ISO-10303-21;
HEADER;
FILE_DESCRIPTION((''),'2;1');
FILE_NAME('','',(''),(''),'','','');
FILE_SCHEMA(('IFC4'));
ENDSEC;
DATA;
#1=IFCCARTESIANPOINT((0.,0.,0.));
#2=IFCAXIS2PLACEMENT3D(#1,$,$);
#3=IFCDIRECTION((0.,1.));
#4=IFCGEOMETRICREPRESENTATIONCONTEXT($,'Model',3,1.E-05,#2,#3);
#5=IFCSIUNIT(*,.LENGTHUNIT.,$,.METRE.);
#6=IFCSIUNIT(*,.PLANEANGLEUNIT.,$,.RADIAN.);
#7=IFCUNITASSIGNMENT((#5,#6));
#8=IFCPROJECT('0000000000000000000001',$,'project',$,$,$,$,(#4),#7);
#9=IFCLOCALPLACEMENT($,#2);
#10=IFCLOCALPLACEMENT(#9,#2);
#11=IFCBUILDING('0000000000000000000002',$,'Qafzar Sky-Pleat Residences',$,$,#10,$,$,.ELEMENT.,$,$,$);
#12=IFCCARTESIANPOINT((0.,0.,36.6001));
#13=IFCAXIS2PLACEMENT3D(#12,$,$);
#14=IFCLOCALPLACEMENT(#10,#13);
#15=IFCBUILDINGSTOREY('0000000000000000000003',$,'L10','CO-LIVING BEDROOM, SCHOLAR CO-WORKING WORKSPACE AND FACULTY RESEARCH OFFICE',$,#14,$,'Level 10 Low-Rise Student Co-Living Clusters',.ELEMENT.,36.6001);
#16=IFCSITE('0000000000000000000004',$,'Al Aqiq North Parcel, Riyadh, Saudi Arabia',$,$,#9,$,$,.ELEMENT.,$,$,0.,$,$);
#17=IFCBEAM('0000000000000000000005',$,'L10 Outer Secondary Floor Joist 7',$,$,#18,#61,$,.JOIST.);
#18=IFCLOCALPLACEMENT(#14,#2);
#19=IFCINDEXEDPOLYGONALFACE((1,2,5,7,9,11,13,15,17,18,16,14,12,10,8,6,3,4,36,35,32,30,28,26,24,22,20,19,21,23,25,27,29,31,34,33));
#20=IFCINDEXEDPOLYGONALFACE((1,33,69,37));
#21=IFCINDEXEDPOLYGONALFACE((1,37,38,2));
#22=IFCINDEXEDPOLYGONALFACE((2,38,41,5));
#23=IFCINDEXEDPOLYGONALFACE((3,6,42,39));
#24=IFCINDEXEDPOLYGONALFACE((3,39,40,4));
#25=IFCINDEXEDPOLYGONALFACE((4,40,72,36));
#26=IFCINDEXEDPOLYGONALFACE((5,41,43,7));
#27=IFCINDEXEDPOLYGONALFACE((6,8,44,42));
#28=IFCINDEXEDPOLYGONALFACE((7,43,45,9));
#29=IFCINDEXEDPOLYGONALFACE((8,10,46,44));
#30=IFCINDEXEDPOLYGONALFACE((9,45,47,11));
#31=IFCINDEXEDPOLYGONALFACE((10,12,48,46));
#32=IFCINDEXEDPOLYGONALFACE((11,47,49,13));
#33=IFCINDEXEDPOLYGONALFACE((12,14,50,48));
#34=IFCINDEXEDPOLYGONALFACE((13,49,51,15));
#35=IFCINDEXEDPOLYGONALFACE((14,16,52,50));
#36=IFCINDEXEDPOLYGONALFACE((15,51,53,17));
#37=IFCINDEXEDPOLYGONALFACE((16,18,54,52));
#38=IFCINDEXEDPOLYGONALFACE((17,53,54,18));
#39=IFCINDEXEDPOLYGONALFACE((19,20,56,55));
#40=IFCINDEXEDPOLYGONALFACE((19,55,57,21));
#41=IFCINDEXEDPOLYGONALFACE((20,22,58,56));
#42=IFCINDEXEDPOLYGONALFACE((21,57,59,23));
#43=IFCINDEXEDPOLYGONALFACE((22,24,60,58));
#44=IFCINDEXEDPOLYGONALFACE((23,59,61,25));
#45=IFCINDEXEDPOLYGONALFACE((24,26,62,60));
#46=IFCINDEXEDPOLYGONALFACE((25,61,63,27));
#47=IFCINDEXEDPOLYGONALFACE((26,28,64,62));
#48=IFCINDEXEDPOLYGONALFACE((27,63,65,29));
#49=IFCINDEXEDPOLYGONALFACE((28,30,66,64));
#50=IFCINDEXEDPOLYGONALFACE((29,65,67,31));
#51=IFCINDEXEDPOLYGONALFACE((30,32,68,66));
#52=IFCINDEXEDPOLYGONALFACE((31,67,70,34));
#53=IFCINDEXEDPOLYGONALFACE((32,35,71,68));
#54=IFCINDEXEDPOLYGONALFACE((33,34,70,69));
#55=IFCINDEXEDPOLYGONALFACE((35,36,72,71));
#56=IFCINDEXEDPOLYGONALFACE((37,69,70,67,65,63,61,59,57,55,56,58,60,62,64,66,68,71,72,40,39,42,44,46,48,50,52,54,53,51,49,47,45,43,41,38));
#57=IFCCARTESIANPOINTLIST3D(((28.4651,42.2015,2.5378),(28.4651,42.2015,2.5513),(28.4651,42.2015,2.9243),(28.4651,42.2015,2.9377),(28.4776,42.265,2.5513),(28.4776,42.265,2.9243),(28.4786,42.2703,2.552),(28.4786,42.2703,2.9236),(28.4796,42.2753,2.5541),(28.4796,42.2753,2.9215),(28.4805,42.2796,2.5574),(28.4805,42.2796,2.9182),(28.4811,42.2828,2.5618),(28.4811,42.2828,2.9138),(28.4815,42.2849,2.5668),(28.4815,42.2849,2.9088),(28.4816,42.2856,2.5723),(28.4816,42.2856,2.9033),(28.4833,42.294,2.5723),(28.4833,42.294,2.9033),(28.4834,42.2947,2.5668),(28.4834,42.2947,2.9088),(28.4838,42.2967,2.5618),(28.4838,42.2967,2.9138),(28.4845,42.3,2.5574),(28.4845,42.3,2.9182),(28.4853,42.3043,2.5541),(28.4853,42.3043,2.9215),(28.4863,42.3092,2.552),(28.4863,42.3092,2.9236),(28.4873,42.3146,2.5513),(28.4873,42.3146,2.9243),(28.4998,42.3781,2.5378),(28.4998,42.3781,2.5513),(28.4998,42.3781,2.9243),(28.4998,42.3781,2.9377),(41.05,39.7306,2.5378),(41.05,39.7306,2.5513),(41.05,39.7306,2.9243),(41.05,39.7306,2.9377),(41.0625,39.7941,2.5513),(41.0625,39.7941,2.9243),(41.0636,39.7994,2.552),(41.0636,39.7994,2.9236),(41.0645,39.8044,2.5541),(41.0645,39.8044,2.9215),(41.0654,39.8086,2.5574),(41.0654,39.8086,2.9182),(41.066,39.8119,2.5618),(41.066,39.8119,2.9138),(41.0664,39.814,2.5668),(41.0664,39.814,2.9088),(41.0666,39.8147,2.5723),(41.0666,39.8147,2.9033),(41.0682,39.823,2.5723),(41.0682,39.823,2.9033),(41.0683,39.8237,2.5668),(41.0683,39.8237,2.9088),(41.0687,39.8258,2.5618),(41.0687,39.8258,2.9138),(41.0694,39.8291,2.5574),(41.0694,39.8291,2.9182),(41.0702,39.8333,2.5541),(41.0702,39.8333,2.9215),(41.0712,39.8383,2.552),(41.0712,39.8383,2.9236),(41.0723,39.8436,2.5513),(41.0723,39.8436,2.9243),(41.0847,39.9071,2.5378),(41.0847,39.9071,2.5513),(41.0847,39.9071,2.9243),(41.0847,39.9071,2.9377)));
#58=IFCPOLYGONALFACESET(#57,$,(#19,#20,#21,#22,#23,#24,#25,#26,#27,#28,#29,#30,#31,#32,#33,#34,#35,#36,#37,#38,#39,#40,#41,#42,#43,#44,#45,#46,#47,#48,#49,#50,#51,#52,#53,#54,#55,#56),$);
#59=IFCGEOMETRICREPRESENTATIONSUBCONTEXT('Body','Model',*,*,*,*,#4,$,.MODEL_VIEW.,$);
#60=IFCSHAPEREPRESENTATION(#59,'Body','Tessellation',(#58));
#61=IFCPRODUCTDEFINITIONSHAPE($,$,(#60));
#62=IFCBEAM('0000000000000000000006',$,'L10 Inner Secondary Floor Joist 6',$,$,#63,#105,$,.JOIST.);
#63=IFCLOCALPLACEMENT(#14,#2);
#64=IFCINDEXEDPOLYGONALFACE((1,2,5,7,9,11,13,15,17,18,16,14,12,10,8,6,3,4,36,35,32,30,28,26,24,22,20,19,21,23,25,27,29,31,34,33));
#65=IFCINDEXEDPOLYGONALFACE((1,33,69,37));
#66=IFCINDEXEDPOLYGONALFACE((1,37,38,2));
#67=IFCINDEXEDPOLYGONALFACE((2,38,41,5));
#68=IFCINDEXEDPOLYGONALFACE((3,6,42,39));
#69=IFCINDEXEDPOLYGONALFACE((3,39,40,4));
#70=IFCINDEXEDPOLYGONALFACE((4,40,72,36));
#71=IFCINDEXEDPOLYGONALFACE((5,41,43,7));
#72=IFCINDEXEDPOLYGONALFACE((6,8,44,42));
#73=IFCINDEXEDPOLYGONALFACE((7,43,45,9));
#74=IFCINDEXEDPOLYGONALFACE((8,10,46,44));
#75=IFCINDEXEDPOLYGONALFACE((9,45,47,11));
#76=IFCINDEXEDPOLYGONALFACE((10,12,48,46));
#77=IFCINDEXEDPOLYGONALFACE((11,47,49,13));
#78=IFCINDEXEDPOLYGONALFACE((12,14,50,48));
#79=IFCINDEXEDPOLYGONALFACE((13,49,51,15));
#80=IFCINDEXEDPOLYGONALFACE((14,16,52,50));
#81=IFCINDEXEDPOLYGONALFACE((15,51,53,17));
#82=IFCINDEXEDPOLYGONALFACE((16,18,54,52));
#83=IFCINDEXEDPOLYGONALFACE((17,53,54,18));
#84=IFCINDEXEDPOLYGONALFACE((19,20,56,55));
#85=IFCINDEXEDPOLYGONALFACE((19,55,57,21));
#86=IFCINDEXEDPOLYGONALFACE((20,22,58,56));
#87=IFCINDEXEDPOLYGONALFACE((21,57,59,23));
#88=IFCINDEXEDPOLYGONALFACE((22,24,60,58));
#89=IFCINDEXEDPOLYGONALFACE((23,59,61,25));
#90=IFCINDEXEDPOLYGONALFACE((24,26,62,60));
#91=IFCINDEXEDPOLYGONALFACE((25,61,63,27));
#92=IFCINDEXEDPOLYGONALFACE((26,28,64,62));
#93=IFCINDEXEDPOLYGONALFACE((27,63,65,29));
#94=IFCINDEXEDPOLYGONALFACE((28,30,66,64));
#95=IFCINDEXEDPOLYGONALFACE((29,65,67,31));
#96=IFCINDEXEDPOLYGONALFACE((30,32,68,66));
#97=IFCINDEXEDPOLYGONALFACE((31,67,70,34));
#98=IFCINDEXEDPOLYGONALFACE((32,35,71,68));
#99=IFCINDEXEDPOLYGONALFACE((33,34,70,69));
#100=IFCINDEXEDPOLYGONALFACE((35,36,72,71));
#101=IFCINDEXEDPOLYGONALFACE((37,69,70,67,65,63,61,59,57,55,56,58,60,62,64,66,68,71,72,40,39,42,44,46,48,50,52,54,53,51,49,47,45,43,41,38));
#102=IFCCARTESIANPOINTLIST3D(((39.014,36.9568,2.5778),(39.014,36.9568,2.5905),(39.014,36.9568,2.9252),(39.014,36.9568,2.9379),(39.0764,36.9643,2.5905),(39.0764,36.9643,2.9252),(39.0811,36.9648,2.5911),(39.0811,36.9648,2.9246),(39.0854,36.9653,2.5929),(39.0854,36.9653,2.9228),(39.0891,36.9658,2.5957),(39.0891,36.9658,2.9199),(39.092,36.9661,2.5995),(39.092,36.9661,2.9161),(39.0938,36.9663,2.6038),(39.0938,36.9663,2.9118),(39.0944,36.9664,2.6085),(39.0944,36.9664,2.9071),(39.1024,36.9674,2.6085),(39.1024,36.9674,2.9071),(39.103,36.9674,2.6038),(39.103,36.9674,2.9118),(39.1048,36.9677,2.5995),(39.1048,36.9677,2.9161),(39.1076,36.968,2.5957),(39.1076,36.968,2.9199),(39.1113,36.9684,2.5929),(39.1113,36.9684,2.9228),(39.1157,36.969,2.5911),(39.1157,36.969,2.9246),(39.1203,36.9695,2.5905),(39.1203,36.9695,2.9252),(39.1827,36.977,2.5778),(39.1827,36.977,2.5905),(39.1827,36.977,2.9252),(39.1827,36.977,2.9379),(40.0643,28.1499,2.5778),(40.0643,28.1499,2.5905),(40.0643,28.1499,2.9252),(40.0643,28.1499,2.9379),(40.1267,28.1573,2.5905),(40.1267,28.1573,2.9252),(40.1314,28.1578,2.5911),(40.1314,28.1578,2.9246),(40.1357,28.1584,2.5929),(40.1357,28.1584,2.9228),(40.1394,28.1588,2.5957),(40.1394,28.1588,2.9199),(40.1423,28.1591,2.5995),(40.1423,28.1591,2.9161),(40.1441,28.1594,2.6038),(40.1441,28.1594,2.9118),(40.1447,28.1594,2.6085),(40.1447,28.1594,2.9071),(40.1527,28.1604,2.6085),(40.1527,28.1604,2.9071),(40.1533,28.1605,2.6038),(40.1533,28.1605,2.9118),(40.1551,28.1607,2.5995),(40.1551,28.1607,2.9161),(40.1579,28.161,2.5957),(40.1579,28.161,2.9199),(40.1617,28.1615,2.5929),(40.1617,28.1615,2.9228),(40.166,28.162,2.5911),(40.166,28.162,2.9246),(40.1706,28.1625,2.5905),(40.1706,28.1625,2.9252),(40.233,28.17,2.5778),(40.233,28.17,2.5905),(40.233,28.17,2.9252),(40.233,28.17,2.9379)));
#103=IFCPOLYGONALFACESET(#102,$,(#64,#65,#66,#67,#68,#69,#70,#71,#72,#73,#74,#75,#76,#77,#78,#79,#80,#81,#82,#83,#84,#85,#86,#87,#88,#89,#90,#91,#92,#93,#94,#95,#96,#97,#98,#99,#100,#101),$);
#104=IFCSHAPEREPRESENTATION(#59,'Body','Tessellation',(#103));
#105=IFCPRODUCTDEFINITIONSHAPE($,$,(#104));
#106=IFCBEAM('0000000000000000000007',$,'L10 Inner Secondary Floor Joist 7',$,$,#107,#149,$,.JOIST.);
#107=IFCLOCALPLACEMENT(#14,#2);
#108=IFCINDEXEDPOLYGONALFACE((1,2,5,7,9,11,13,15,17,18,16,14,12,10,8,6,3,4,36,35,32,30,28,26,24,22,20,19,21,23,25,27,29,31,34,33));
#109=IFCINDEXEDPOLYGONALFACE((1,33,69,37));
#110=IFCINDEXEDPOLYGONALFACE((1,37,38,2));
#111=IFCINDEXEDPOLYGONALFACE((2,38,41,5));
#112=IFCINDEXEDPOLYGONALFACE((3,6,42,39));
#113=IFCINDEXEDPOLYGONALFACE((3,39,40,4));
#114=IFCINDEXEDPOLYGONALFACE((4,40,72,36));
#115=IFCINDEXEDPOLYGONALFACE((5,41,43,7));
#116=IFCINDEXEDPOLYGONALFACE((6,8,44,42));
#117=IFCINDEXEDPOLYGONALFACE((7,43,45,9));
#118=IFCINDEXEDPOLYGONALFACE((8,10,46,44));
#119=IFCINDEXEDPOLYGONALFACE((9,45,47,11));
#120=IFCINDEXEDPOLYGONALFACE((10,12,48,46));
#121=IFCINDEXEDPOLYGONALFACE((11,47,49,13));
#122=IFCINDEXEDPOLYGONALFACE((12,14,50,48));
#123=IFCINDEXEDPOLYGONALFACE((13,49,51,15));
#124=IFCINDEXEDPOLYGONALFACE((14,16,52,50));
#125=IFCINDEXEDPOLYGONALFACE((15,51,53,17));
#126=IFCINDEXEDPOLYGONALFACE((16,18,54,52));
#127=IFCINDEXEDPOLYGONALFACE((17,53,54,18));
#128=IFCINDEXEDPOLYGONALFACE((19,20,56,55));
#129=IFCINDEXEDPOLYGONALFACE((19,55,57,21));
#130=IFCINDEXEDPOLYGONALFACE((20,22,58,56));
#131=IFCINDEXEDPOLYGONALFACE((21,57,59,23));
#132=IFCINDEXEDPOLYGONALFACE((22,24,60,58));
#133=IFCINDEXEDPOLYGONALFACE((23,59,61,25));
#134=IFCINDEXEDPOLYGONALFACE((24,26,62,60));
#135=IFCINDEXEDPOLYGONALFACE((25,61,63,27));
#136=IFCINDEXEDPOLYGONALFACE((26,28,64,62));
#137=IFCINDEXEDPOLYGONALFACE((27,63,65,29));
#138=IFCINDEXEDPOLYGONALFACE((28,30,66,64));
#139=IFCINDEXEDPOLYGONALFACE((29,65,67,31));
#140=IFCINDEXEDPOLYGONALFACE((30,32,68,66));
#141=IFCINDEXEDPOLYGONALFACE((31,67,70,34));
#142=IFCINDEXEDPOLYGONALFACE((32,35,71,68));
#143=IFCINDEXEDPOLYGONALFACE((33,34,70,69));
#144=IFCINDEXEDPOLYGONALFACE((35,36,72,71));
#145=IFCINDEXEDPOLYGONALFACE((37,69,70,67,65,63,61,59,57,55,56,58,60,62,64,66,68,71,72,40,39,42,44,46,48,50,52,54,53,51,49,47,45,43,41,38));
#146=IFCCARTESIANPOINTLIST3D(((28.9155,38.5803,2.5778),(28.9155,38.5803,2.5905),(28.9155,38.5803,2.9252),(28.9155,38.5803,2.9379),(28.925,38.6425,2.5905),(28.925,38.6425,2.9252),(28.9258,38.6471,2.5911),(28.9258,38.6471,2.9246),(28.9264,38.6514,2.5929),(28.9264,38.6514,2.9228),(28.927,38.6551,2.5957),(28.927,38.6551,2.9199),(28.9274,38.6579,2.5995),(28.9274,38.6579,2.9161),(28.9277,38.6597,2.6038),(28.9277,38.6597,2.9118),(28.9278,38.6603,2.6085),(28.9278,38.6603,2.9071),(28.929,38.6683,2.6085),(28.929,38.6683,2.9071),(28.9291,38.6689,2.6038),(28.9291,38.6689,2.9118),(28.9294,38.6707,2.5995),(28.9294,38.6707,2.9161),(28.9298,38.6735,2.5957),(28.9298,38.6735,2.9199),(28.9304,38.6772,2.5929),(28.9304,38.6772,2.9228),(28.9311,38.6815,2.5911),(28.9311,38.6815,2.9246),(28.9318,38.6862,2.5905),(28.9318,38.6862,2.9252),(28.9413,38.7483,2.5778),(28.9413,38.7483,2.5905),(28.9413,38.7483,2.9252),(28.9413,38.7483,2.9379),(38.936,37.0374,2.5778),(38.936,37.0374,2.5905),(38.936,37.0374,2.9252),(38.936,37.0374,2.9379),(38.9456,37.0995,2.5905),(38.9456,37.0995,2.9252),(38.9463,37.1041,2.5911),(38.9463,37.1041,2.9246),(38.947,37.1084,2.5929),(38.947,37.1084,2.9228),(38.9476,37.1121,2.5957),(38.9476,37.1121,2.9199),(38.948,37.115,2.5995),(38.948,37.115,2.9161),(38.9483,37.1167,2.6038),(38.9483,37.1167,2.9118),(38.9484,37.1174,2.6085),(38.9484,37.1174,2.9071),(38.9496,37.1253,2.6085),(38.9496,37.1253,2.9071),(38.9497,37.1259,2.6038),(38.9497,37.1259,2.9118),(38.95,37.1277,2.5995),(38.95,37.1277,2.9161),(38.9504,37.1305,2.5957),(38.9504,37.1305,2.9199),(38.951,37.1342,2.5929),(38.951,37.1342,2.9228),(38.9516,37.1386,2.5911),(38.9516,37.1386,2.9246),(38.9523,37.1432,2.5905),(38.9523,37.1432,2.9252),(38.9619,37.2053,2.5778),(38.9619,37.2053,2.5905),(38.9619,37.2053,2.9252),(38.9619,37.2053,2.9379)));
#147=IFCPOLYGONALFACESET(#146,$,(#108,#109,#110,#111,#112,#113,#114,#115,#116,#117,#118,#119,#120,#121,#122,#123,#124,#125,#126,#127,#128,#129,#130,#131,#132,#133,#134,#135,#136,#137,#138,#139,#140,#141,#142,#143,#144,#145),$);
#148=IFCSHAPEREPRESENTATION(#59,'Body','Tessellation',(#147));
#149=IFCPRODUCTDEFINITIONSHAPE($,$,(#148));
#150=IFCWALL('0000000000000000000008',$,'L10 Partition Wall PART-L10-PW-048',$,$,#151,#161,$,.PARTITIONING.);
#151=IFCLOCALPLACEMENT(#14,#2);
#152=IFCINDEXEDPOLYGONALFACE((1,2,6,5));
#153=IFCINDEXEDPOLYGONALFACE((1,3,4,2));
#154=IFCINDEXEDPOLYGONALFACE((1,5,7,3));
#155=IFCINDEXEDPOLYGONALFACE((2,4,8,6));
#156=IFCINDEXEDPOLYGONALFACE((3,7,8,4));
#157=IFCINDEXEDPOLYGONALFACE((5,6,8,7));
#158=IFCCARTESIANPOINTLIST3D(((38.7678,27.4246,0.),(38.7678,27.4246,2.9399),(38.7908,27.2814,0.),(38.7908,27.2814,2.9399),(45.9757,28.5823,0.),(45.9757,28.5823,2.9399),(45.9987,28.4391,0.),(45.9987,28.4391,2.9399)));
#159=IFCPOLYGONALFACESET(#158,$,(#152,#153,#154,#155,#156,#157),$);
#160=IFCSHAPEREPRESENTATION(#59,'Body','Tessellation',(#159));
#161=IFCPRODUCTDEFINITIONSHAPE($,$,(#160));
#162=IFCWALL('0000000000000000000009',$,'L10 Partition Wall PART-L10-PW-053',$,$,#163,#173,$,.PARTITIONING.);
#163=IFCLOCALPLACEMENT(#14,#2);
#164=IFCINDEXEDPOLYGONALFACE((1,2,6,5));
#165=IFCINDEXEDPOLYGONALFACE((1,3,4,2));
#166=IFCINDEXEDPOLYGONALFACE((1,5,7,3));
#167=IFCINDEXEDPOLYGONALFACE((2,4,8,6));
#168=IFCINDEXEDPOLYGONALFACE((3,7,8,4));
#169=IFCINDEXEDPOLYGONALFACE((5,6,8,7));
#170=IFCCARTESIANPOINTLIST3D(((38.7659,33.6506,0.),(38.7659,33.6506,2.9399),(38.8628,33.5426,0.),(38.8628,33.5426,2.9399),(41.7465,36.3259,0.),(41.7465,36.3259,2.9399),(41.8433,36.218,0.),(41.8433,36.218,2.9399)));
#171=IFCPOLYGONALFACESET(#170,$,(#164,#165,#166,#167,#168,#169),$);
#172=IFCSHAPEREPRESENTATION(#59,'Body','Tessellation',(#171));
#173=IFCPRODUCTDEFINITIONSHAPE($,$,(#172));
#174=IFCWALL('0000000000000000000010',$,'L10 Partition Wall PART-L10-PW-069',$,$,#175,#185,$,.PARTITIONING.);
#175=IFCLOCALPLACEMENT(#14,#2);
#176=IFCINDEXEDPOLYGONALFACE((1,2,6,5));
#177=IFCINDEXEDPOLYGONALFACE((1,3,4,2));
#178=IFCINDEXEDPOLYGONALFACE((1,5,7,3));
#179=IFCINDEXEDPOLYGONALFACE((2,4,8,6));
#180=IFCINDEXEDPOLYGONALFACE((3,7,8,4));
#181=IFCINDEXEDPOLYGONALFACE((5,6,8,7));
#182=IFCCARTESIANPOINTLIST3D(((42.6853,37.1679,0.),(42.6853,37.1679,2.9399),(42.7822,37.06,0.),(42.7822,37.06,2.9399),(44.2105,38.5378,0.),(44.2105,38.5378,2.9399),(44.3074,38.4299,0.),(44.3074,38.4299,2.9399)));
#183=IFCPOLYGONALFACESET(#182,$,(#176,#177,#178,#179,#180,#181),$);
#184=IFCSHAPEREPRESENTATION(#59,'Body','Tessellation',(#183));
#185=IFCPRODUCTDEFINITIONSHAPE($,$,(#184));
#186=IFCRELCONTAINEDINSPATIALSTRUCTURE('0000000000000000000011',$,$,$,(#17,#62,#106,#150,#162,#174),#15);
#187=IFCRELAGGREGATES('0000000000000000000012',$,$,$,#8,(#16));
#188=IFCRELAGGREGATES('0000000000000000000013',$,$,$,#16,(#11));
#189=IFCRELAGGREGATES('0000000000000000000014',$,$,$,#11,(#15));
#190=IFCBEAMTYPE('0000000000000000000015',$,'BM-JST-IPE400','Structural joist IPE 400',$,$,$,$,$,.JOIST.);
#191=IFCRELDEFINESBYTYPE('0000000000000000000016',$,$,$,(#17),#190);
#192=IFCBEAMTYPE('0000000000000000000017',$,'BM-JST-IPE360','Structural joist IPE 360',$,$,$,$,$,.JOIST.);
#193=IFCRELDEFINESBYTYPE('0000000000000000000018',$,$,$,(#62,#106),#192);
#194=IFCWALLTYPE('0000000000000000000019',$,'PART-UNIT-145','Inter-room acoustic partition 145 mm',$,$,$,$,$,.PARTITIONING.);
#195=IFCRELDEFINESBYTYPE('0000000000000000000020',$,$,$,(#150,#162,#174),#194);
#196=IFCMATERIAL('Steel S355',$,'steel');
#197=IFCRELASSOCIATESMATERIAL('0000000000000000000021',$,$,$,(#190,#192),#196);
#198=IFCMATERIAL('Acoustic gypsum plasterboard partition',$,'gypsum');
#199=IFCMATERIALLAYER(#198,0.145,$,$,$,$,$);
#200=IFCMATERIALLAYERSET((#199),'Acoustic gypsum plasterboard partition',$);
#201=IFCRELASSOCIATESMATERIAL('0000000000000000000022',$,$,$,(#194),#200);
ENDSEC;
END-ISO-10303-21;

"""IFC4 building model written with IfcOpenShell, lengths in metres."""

from ifc_helpers import new_model, si_unit, direction, frame, frame_2d, origin, origin_2d, place, context, subcontext, project, spatial, rectangle, i_section, extrude, source, transform, mapped, material, layer, layer_set, material_profile, profile_set, type_object, element, save


model = new_model("IFC4")

# Units and contexts
model_context = context("Model", 3, precision=1e-05, world=origin(), true_north=direction((0.0, 1.0)))
body_context = subcontext(model_context, "Body", "Model", "MODEL_VIEW")
ifc_project = project(units=[si_unit("LENGTHUNIT", "METRE"), si_unit("PLANEANGLEUNIT", "RADIAN")], contexts=[model_context])

# Site, building, storey
site_placement = place(None, origin())
site = spatial("IfcSite", under=ifc_project, at=site_placement, Name="Al Aqiq North Parcel, Riyadh, Saudi Arabia", CompositionType="ELEMENT", RefElevation=0.0)
building_placement = place(site_placement, origin())
building = spatial("IfcBuilding", under=site, at=building_placement, Name="Qafzar Sky-Pleat Residences", CompositionType="ELEMENT")
storey_placement = place(building_placement, frame((0.0, 0.0, 36.6001)))
storey = spatial("IfcBuildingStorey", under=building, at=storey_placement, Name="L10", Description="CO-LIVING BEDROOM, SCHOLAR CO-WORKING WORKSPACE AND FACULTY RESEARCH OFFICE", LongName="Level 10 Low-Rise Student Co-Living Clusters", CompositionType="ELEMENT", Elevation=36.6001)

# Beams
ifc_material_1 = material(Name="Steel S355", Category="steel")
ifc_material_profile_1 = material_profile(ifc_material_1, i_section(OverallWidth=0.1799, OverallDepth=0.3999, WebThickness=0.0085, FlangeThickness=0.0134, FilletRadius=0.021, at=origin_2d()), Name="IPE 400")
ifc_profile_set_1 = profile_set([ifc_material_profile_1], Name="Steel S355")
beam_type_1 = type_object("IfcBeamType", Name="BM-JST-IPE400", Description="Structural joist IPE 400", PredefinedType="JOIST", material=ifc_profile_set_1)
shared_shape_1 = source(origin(), body_context, "Body", "SweptSolid", [
    extrude(i_section(OverallWidth=0.1799, OverallDepth=0.3999, WebThickness=0.0085, FlangeThickness=0.0134, FilletRadius=0.021, at=origin_2d()), origin(), (0.0, 0.0, 1.0), 12.8252),
])
beam_1_placement = place(storey_placement, frame((41.0674, 39.8188, 2.7378), z_axis=(-0.981265, 0.192663, 0.0), x_axis=(-0.192663, -0.981265, 0.0)))
element("IfcBeam", 1, at=beam_1_placement, inside=storey, type_object=beam_type_1, Name="L10 Outer Secondary Floor Joist 7", PredefinedType="JOIST", context=body_context, shape_type="MappedRepresentation", body=[
    mapped(shared_shape_1, transform((0.0, 0.0, 0.0), x_axis=(1.0, 0.0, 0.0), y_axis=(0.0, 1.0, 0.0), z_axis=(0.0, 0.0, 1.0), scale=1.0)),
])
ifc_material_profile_2 = material_profile(ifc_material_1, i_section(OverallWidth=0.1699, OverallDepth=0.3601, WebThickness=0.0081, FlangeThickness=0.0127, FilletRadius=0.0181, at=origin_2d()), Name="IPE 360")
ifc_profile_set_2 = profile_set([ifc_material_profile_2], Name="Steel S355")
beam_type_2 = type_object("IfcBeamType", Name="BM-JST-IPE360", Description="Structural joist IPE 360", PredefinedType="JOIST", material=ifc_profile_set_2)
shared_shape_2 = source(origin(), body_context, "Body", "SweptSolid", [
    extrude(i_section(OverallWidth=0.1699, OverallDepth=0.3601, WebThickness=0.0081, FlangeThickness=0.0127, FilletRadius=0.0181, at=origin_2d()), origin(), (0.0, 0.0, 1.0), 8.8694),
])
beam_2_placement = place(storey_placement, frame((40.1487, 28.1599, 2.7578), z_axis=(-0.118419, 0.992964, 0.0), x_axis=(-0.992964, -0.118419, 0.0)))
element("IfcBeam", 2, at=beam_2_placement, inside=storey, type_object=beam_type_2, Name="L10 Inner Secondary Floor Joist 6", PredefinedType="JOIST", context=body_context, shape_type="MappedRepresentation", body=[
    mapped(shared_shape_2, transform((0.0, 0.0, 0.0), x_axis=(1.0, 0.0, 0.0), y_axis=(0.0, 1.0, 0.0), z_axis=(0.0, 0.0, 1.0), scale=1.0)),
])
shared_shape_3 = source(origin(), body_context, "Body", "SweptSolid", [
    extrude(i_section(OverallWidth=0.1699, OverallDepth=0.3601, WebThickness=0.0081, FlangeThickness=0.0127, FilletRadius=0.0181, at=origin_2d()), origin(), (0.0, 0.0, 1.0), 10.1387),
])
beam_3_placement = place(storey_placement, frame((38.949, 37.1213, 2.7578), z_axis=(-0.988352, 0.152187, 0.0), x_axis=(-0.152187, -0.988352, 0.0)))
element("IfcBeam", 3, at=beam_3_placement, inside=storey, type_object=beam_type_2, Name="L10 Inner Secondary Floor Joist 7", PredefinedType="JOIST", context=body_context, shape_type="MappedRepresentation", body=[
    mapped(shared_shape_3, transform((0.0, 0.0, 0.0), x_axis=(1.0, 0.0, 0.0), y_axis=(0.0, 1.0, 0.0), z_axis=(0.0, 0.0, 1.0), scale=1.0)),
])

# Walls
ifc_material_2 = material(Name="Acoustic gypsum plasterboard partition", Category="gypsum")
ifc_layer_1 = layer(ifc_material_2, 0.145)
ifc_layer_set_1 = layer_set([ifc_layer_1], Name="Acoustic gypsum plasterboard partition")
wall_type_1 = type_object("IfcWallType", Name="PART-UNIT-145", Description="Inter-room acoustic partition 145 mm", PredefinedType="PARTITIONING", material=ifc_layer_set_1)
wall_1_placement = place(storey_placement, frame((38.7793, 27.353, 0.0), z_axis=(0.0, 0.0, 1.0), x_axis=(0.987346, 0.158583, 0.0)))
element("IfcWall", 4, at=wall_1_placement, inside=storey, type_object=wall_type_1, Name="L10 Partition Wall PART-L10-PW-048", PredefinedType="PARTITIONING", context=body_context, shape_type="SweptSolid", body=[
    extrude(rectangle(XDim=7.3003, YDim=0.145, at=frame_2d((3.6501, 0.0))), origin(), (0.0, 0.0, 1.0), 2.9399),
])
wall_2_placement = place(storey_placement, frame((38.8145, 33.5967, 0.0), z_axis=(0.0, 0.0, 1.0), x_axis=(0.744179, 0.667981, 0.0)))
element("IfcWall", 5, at=wall_2_placement, inside=storey, type_object=wall_type_1, Name="L10 Partition Wall PART-L10-PW-053", PredefinedType="PARTITIONING", context=body_context, shape_type="SweptSolid", body=[
    extrude(rectangle(XDim=4.0051, YDim=0.145, at=frame_2d((2.0024, 0.0))), origin(), (0.0, 0.0, 1.0), 2.9399),
])
wall_3_placement = place(storey_placement, frame((42.7339, 37.114, 0.0), z_axis=(0.0, 0.0, 1.0), x_axis=(0.743963, 0.668221, 0.0)))
element("IfcWall", 6, at=wall_3_placement, inside=storey, type_object=wall_type_1, Name="L10 Partition Wall PART-L10-PW-069", PredefinedType="PARTITIONING", context=body_context, shape_type="SweptSolid", body=[
    extrude(rectangle(XDim=2.05, YDim=0.145, at=frame_2d((1.0249, 0.0))), origin(), (0.0, 0.0, 1.0), 2.9399),
])

save(model, "model.ifc")
